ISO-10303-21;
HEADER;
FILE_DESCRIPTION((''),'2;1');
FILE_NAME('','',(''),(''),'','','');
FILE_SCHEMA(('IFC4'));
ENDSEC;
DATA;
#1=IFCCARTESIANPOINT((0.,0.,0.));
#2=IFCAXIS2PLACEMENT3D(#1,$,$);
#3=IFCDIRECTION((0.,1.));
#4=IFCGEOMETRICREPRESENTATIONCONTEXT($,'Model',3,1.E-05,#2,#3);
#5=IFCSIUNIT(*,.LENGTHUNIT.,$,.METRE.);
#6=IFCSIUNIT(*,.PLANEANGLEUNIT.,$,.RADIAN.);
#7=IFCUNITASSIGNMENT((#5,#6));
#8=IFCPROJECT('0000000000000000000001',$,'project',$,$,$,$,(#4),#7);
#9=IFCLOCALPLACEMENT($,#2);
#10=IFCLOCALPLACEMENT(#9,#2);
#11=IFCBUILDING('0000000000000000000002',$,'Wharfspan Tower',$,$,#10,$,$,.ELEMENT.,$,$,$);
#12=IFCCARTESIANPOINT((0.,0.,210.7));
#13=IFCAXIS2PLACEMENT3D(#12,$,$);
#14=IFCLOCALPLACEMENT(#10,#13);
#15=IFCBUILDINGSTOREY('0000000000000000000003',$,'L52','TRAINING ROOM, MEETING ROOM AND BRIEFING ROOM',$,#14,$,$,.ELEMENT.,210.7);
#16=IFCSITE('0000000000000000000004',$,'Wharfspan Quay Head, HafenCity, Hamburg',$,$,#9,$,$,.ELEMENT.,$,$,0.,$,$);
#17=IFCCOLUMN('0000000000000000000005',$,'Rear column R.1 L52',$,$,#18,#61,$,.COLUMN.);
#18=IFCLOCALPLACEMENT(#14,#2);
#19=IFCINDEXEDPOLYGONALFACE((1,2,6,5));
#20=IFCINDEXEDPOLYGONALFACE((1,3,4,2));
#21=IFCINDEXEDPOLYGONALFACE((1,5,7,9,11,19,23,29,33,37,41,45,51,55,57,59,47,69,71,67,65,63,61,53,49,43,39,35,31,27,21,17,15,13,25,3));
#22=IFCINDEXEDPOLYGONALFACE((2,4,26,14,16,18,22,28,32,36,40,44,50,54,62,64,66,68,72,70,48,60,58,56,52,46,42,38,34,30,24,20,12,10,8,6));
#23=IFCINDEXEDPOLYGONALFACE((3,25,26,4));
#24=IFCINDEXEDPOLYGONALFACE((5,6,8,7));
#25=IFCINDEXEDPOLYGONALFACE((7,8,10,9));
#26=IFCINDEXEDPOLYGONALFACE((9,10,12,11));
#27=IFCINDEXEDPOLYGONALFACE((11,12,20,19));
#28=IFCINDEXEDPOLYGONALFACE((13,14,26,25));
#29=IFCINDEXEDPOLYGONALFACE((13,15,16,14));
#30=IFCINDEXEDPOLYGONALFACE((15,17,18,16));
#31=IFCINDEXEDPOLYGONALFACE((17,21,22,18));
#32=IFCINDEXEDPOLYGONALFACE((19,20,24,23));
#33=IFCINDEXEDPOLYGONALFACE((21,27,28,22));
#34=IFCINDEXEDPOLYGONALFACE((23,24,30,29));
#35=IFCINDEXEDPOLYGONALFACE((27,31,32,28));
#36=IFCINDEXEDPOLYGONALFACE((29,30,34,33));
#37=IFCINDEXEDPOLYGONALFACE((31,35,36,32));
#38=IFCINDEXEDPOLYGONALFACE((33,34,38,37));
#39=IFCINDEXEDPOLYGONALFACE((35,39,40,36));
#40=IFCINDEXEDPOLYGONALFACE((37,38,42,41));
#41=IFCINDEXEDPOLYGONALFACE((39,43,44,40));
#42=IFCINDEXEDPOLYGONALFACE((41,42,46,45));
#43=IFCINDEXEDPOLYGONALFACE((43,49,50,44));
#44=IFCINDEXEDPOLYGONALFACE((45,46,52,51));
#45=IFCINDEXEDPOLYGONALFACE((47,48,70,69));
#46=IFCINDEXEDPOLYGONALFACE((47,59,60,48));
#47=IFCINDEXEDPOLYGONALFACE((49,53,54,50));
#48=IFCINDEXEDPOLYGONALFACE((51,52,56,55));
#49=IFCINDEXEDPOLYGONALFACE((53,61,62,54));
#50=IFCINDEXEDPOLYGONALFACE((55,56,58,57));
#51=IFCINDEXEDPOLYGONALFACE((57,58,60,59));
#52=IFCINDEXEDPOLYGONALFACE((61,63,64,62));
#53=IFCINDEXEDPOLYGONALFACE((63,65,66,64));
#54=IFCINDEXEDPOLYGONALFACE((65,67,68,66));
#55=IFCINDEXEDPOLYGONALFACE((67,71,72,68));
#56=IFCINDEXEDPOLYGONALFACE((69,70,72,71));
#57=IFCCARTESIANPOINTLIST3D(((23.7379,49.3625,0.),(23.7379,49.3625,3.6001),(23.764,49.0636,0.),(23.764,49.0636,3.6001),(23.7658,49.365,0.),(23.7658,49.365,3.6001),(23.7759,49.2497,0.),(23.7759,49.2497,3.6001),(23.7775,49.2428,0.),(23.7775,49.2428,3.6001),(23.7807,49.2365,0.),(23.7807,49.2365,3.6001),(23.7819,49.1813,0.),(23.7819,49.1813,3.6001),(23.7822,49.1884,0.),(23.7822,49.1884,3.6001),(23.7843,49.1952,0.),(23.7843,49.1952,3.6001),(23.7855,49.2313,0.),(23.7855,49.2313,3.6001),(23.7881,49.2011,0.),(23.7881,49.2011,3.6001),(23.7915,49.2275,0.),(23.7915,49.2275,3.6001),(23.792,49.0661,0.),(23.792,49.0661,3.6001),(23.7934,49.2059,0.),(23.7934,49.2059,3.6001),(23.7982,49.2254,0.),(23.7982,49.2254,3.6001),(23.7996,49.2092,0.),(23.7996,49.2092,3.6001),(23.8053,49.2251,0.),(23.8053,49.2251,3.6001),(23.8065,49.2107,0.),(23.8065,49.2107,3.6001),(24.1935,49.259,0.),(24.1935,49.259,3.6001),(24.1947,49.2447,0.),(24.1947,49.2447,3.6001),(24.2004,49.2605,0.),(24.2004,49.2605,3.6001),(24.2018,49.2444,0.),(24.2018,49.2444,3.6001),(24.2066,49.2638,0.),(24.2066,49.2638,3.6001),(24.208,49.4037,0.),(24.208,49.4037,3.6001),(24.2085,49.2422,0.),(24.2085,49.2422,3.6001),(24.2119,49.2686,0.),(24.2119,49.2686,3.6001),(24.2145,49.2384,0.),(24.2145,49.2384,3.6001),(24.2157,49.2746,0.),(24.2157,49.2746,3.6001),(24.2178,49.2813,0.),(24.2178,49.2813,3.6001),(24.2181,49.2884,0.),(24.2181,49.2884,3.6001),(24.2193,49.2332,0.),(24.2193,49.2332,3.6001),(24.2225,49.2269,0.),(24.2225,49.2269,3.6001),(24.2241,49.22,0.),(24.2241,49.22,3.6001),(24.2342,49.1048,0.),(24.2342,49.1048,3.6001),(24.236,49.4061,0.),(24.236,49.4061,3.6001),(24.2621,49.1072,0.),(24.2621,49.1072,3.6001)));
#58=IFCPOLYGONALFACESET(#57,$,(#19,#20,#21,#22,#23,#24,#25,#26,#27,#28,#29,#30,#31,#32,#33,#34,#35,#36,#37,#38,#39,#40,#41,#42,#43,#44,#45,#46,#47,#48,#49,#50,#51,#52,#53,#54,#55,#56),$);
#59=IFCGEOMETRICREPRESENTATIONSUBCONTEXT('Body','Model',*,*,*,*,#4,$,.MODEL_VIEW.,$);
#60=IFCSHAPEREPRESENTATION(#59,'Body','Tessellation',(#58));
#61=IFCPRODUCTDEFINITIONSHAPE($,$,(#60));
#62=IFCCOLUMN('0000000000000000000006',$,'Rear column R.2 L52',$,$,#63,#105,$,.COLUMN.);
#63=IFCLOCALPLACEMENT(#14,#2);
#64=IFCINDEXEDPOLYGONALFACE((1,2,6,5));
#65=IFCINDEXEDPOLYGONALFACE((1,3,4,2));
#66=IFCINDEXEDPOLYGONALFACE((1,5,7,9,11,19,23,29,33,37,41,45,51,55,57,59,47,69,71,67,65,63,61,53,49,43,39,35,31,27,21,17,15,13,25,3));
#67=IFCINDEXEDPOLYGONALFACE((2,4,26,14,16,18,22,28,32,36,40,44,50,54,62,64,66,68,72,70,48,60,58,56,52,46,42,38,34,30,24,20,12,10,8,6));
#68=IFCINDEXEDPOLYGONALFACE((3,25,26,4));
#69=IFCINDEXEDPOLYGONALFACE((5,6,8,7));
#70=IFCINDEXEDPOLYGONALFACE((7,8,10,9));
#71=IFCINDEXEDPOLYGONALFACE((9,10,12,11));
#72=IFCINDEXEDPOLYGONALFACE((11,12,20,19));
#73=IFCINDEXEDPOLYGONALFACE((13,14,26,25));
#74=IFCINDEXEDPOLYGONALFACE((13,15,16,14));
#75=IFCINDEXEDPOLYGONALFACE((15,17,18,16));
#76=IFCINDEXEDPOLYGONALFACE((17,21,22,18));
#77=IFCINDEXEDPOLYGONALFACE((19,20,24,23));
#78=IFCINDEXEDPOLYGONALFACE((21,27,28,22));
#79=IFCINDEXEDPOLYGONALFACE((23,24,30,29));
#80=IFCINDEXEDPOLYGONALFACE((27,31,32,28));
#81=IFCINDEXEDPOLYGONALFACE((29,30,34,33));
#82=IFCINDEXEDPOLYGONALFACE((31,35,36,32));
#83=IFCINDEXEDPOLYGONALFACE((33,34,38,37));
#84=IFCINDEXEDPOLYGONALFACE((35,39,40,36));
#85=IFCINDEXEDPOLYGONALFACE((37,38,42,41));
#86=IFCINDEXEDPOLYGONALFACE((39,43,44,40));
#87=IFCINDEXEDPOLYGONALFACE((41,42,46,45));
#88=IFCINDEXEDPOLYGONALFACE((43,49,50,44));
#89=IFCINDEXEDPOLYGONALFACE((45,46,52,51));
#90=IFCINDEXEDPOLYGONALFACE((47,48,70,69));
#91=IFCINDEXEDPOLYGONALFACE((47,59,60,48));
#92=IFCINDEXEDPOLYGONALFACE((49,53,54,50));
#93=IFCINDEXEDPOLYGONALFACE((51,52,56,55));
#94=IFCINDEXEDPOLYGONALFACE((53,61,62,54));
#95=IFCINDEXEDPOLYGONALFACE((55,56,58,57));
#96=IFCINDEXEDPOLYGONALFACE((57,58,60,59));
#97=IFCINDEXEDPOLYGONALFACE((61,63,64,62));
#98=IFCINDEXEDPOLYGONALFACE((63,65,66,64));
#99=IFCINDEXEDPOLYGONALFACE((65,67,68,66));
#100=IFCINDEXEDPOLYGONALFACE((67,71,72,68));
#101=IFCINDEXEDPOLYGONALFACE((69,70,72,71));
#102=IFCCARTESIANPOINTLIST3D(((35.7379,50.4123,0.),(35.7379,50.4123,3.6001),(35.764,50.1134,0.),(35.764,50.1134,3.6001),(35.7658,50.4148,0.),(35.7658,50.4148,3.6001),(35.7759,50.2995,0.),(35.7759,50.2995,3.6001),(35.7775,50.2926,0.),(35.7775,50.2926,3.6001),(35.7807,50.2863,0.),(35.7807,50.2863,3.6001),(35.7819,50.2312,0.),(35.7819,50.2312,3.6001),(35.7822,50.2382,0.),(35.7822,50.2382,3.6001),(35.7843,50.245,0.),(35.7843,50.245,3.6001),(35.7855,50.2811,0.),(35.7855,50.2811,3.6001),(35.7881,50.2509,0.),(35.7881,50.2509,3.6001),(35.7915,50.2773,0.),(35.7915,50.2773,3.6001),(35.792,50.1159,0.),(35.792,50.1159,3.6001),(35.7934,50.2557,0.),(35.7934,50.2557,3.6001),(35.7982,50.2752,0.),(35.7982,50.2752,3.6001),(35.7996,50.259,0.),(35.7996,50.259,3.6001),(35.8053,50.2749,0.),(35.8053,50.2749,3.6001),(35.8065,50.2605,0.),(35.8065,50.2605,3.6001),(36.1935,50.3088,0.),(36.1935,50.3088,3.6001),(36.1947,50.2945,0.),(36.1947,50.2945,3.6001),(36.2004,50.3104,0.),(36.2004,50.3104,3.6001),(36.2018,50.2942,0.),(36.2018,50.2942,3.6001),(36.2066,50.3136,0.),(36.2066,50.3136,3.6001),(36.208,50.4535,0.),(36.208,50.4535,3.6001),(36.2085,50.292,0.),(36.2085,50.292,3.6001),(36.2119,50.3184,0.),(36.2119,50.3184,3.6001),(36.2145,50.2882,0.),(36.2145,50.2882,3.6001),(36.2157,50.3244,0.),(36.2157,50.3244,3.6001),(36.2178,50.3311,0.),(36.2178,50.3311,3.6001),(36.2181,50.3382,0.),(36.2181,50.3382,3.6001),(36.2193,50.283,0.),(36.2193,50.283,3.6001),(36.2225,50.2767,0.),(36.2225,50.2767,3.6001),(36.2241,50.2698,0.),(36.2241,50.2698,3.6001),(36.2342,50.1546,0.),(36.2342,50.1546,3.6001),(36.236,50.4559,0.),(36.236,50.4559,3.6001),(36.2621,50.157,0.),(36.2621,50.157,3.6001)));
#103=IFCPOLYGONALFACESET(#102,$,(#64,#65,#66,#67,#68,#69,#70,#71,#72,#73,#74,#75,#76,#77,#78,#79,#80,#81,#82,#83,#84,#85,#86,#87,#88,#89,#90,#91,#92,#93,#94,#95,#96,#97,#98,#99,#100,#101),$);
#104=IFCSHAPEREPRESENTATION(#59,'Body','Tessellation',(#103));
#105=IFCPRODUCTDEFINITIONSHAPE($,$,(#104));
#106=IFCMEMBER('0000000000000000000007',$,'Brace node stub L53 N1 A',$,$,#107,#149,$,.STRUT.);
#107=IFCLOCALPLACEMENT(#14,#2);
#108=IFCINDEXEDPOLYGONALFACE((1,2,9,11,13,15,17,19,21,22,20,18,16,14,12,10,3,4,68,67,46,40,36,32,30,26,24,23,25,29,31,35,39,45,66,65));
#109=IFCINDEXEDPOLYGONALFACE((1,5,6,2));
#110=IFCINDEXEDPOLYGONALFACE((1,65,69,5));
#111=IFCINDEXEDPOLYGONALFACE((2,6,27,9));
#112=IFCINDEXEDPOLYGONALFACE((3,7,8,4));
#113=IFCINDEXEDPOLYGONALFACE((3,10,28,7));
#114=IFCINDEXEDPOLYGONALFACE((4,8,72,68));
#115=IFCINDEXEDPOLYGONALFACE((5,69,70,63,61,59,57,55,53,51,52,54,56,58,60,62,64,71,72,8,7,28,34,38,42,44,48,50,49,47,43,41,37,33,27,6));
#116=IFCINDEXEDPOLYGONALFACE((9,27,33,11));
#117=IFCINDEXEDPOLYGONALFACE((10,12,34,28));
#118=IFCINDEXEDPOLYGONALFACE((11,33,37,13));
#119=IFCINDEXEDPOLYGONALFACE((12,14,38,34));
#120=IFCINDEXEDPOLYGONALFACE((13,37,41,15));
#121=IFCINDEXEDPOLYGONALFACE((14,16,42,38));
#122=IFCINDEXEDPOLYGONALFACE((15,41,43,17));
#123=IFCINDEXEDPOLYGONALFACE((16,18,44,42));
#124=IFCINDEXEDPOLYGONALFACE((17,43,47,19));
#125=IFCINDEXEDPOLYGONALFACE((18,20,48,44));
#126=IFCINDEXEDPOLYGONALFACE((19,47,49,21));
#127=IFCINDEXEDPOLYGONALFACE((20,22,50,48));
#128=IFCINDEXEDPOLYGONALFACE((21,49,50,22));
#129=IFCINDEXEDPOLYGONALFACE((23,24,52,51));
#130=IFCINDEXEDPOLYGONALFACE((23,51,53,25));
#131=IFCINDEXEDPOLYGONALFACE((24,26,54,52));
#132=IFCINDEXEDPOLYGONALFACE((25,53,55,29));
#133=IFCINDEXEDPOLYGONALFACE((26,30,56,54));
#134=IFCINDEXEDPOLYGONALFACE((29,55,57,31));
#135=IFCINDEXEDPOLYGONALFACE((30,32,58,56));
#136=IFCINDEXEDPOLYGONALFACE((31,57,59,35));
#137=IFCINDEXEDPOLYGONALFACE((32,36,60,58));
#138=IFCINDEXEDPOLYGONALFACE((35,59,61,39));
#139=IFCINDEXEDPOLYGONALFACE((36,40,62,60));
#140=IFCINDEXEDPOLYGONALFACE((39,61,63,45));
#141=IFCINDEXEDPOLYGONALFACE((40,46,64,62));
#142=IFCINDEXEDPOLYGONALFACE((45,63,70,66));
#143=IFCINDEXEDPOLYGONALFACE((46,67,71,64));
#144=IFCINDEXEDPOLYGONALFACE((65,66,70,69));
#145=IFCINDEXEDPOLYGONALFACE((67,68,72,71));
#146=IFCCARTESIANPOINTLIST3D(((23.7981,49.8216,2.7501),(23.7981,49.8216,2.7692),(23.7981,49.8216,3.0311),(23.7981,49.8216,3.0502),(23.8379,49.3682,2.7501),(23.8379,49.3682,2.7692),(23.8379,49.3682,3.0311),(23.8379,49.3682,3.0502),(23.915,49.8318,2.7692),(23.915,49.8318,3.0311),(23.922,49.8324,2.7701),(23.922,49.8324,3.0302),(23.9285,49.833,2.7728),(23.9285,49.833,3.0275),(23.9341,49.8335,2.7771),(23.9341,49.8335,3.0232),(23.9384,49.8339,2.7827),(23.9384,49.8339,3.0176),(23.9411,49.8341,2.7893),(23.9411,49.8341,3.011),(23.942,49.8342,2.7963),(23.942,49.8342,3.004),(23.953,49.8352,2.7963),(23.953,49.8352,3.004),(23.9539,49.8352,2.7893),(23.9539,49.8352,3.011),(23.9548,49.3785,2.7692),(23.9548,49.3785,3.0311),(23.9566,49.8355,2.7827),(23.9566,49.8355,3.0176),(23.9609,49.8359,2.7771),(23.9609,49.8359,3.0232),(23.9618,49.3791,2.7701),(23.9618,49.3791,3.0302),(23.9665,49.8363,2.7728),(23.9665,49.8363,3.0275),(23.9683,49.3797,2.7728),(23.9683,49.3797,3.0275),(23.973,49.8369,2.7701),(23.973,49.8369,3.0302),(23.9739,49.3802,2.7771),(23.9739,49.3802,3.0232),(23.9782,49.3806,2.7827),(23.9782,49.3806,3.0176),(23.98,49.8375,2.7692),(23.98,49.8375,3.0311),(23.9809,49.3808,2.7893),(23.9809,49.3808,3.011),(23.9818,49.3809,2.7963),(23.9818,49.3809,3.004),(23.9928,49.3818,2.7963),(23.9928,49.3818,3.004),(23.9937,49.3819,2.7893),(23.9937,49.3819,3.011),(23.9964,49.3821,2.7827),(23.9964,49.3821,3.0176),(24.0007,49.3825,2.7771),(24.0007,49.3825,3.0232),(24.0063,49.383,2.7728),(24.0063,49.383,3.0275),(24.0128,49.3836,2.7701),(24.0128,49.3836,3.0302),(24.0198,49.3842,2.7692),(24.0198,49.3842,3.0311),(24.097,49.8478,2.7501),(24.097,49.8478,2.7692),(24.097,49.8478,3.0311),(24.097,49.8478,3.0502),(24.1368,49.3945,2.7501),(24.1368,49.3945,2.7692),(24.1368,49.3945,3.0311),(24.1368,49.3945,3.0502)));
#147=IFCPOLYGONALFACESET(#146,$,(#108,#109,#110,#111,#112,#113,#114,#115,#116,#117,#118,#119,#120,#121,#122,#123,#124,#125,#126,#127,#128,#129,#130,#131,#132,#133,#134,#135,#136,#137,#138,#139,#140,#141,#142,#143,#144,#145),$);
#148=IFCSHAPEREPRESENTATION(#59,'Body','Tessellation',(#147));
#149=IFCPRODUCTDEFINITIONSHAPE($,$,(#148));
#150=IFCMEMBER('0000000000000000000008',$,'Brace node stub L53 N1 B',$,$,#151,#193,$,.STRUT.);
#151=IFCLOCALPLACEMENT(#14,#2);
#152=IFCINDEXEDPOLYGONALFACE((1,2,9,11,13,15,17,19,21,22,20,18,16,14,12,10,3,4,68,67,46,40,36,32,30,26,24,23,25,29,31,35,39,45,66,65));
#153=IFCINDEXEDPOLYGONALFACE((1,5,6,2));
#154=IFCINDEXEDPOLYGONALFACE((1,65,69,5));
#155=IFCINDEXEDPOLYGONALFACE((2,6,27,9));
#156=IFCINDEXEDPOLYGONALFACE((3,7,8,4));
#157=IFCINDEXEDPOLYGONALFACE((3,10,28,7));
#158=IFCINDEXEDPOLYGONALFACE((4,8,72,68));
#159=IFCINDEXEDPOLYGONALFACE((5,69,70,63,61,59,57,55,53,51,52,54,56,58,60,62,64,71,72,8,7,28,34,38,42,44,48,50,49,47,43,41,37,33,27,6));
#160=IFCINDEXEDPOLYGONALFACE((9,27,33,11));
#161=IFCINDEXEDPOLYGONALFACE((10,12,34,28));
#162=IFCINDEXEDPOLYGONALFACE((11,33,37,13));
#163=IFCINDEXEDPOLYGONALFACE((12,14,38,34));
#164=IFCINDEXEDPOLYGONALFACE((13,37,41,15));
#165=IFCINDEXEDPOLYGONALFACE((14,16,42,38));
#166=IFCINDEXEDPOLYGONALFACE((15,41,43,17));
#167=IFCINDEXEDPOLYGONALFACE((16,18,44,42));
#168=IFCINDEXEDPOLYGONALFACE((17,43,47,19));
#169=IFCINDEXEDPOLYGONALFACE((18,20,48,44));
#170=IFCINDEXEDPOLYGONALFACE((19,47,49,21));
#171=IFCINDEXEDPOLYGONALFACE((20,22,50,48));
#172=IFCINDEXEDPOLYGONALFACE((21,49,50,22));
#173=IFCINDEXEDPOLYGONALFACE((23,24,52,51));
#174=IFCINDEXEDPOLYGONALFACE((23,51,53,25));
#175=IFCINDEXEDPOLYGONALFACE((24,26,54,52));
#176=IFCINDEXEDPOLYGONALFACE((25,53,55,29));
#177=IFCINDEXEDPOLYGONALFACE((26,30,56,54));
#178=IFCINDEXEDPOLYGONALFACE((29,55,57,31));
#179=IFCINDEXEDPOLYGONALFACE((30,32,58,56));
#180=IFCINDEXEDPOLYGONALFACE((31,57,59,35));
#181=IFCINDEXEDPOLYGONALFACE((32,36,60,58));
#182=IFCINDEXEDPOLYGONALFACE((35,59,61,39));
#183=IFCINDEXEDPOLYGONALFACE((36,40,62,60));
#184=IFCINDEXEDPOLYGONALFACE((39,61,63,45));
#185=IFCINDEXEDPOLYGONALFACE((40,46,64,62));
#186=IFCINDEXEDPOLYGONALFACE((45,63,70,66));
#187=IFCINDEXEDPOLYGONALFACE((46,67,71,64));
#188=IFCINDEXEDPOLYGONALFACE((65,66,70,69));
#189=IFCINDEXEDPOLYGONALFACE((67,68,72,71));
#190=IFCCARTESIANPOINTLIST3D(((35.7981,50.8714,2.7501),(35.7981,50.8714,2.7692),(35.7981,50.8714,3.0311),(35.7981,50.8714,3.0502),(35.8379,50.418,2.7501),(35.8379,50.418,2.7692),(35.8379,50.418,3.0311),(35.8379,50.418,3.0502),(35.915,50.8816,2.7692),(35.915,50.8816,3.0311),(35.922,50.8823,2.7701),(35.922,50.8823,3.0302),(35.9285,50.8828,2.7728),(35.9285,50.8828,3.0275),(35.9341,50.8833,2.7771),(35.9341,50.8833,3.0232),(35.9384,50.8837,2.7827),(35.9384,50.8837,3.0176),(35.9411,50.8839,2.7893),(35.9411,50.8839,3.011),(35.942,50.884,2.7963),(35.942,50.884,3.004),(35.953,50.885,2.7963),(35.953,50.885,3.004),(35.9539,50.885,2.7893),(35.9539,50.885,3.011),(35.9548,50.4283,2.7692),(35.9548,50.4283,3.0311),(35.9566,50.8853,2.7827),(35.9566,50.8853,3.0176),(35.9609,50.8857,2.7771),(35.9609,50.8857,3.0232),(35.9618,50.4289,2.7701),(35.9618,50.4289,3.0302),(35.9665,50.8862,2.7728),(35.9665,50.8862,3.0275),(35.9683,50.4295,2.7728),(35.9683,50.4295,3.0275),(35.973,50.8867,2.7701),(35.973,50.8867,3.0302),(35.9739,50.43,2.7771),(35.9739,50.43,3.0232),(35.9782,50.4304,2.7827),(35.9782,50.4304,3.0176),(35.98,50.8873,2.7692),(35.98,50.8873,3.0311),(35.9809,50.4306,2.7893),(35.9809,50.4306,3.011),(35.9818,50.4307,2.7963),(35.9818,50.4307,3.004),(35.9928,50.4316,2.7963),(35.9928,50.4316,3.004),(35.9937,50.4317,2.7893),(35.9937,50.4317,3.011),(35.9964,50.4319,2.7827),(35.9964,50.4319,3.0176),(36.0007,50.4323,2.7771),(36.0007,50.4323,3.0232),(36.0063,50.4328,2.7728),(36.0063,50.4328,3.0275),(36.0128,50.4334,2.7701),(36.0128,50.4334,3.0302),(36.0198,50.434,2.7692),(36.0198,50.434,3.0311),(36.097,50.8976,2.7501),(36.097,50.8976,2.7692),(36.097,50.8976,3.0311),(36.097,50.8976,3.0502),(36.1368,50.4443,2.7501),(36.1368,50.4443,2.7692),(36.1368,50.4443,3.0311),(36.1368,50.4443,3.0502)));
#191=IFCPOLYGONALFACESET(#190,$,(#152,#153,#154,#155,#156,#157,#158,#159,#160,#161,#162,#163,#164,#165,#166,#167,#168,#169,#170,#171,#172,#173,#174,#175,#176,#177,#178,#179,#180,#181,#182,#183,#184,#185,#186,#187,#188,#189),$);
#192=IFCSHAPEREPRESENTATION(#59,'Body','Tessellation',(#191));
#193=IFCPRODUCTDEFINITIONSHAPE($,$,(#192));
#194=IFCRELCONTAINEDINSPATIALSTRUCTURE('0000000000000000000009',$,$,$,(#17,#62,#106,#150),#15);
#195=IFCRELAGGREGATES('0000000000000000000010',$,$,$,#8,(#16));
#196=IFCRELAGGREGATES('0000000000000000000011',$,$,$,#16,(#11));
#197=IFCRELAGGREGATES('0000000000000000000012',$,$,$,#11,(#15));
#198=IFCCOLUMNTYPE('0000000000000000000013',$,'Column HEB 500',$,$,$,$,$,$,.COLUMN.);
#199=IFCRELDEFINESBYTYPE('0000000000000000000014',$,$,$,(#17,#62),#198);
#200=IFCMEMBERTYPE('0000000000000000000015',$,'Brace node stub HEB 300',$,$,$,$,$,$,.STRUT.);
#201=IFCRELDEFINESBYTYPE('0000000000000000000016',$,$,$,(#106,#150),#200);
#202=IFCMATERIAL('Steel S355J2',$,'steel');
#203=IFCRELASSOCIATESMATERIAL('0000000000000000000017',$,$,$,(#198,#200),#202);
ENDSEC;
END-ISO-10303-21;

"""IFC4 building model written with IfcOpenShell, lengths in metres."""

from ifc_helpers import new_model, si_unit, direction, frame, origin, origin_2d, place, context, subcontext, project, spatial, i_section, extrude, material, material_profile, profile_set, type_object, element, save


model = new_model("IFC4")

# Units and contexts
model_context = context("Model", 3, precision=1e-05, world=origin(), true_north=direction((0.0, 1.0)))
body_context = subcontext(model_context, "Body", "Model", "MODEL_VIEW")
ifc_project = project(units=[si_unit("LENGTHUNIT", "METRE"), si_unit("PLANEANGLEUNIT", "RADIAN")], contexts=[model_context])

# Site, building, storey
site_placement = place(None, origin())
site = spatial("IfcSite", under=ifc_project, at=site_placement, Name="Wharfspan Quay Head, HafenCity, Hamburg", CompositionType="ELEMENT", RefElevation=0.0)
building_placement = place(site_placement, origin())
building = spatial("IfcBuilding", under=site, at=building_placement, Name="Wharfspan Tower", CompositionType="ELEMENT")
storey_placement = place(building_placement, frame((0.0, 0.0, 210.7)))
storey = spatial("IfcBuildingStorey", under=building, at=storey_placement, Name="L52", Description="TRAINING ROOM, MEETING ROOM AND BRIEFING ROOM", CompositionType="ELEMENT", Elevation=210.7)

# Columns
ifc_material_1 = material(Name="Steel S355J2", Category="steel")
ifc_material_profile_1 = material_profile(ifc_material_1, i_section(OverallWidth=0.3, OverallDepth=0.5, WebThickness=0.0144, FlangeThickness=0.0281, FilletRadius=0.0271, at=origin_2d()))
ifc_profile_set_1 = profile_set([ifc_material_profile_1], Name="Steel S355J2")
column_type = type_object("IfcColumnType", Name="Column HEB 500", PredefinedType="COLUMN", material=ifc_profile_set_1)
for number, where, z_axis, x_axis, name in (
    (1, (24.0, 49.2349, 0.0), (0.0, 0.0, 1.0), (-0.087156, 0.996197, 0.0), "Rear column R.1 L52"),
    (2, (36.0, 50.2847, 0.0), (0.0, 0.0, 1.0), (-0.087156, 0.996197, 0.0), "Rear column R.2 L52"),
):
    element("IfcColumn", number, at=place(storey_placement, frame(where, z_axis=z_axis, x_axis=x_axis)), inside=storey, type_object=column_type, Name=name, PredefinedType="COLUMN", context=body_context, shape_type="SweptSolid", body=[
        extrude(i_section(OverallWidth=0.3, OverallDepth=0.5, WebThickness=0.0144, FlangeThickness=0.0281, FilletRadius=0.0271, at=origin_2d()), origin(), (0.0, 0.0, 1.0), 3.6001),
    ])

# Members
ifc_material_profile_2 = material_profile(ifc_material_1, i_section(OverallWidth=0.3, OverallDepth=0.3, WebThickness=0.011, FlangeThickness=0.019, FilletRadius=0.0271, at=origin_2d()))
ifc_profile_set_2 = profile_set([ifc_material_profile_2], Name="Steel S355J2")
member_type_1 = type_object("IfcMemberType", Name="Brace node stub HEB 300", PredefinedType="STRUT", material=ifc_profile_set_2)
for number, where, z_axis, x_axis, name in (
    (3, (23.9873, 49.3813, 2.9001), (-0.08744, 0.99617, 0.0), (-0.99617, -0.08744, 0.0), "Brace node stub L53 N1 A"),
    (4, (35.9873, 50.4312, 2.9001), (-0.08744, 0.99617, 0.0), (-0.99617, -0.08744, 0.0), "Brace node stub L53 N1 B"),
):
    element("IfcMember", number, at=place(storey_placement, frame(where, z_axis=z_axis, x_axis=x_axis)), inside=storey, type_object=member_type_1, Name=name, PredefinedType="STRUT", context=body_context, shape_type="SweptSolid", body=[
        extrude(i_section(OverallWidth=0.3, OverallDepth=0.3, WebThickness=0.011, FlangeThickness=0.019, FilletRadius=0.0271, at=origin_2d()), origin(), (0.0, 0.0, 1.0), 0.4551),
    ])

save(model, "model.ifc")
